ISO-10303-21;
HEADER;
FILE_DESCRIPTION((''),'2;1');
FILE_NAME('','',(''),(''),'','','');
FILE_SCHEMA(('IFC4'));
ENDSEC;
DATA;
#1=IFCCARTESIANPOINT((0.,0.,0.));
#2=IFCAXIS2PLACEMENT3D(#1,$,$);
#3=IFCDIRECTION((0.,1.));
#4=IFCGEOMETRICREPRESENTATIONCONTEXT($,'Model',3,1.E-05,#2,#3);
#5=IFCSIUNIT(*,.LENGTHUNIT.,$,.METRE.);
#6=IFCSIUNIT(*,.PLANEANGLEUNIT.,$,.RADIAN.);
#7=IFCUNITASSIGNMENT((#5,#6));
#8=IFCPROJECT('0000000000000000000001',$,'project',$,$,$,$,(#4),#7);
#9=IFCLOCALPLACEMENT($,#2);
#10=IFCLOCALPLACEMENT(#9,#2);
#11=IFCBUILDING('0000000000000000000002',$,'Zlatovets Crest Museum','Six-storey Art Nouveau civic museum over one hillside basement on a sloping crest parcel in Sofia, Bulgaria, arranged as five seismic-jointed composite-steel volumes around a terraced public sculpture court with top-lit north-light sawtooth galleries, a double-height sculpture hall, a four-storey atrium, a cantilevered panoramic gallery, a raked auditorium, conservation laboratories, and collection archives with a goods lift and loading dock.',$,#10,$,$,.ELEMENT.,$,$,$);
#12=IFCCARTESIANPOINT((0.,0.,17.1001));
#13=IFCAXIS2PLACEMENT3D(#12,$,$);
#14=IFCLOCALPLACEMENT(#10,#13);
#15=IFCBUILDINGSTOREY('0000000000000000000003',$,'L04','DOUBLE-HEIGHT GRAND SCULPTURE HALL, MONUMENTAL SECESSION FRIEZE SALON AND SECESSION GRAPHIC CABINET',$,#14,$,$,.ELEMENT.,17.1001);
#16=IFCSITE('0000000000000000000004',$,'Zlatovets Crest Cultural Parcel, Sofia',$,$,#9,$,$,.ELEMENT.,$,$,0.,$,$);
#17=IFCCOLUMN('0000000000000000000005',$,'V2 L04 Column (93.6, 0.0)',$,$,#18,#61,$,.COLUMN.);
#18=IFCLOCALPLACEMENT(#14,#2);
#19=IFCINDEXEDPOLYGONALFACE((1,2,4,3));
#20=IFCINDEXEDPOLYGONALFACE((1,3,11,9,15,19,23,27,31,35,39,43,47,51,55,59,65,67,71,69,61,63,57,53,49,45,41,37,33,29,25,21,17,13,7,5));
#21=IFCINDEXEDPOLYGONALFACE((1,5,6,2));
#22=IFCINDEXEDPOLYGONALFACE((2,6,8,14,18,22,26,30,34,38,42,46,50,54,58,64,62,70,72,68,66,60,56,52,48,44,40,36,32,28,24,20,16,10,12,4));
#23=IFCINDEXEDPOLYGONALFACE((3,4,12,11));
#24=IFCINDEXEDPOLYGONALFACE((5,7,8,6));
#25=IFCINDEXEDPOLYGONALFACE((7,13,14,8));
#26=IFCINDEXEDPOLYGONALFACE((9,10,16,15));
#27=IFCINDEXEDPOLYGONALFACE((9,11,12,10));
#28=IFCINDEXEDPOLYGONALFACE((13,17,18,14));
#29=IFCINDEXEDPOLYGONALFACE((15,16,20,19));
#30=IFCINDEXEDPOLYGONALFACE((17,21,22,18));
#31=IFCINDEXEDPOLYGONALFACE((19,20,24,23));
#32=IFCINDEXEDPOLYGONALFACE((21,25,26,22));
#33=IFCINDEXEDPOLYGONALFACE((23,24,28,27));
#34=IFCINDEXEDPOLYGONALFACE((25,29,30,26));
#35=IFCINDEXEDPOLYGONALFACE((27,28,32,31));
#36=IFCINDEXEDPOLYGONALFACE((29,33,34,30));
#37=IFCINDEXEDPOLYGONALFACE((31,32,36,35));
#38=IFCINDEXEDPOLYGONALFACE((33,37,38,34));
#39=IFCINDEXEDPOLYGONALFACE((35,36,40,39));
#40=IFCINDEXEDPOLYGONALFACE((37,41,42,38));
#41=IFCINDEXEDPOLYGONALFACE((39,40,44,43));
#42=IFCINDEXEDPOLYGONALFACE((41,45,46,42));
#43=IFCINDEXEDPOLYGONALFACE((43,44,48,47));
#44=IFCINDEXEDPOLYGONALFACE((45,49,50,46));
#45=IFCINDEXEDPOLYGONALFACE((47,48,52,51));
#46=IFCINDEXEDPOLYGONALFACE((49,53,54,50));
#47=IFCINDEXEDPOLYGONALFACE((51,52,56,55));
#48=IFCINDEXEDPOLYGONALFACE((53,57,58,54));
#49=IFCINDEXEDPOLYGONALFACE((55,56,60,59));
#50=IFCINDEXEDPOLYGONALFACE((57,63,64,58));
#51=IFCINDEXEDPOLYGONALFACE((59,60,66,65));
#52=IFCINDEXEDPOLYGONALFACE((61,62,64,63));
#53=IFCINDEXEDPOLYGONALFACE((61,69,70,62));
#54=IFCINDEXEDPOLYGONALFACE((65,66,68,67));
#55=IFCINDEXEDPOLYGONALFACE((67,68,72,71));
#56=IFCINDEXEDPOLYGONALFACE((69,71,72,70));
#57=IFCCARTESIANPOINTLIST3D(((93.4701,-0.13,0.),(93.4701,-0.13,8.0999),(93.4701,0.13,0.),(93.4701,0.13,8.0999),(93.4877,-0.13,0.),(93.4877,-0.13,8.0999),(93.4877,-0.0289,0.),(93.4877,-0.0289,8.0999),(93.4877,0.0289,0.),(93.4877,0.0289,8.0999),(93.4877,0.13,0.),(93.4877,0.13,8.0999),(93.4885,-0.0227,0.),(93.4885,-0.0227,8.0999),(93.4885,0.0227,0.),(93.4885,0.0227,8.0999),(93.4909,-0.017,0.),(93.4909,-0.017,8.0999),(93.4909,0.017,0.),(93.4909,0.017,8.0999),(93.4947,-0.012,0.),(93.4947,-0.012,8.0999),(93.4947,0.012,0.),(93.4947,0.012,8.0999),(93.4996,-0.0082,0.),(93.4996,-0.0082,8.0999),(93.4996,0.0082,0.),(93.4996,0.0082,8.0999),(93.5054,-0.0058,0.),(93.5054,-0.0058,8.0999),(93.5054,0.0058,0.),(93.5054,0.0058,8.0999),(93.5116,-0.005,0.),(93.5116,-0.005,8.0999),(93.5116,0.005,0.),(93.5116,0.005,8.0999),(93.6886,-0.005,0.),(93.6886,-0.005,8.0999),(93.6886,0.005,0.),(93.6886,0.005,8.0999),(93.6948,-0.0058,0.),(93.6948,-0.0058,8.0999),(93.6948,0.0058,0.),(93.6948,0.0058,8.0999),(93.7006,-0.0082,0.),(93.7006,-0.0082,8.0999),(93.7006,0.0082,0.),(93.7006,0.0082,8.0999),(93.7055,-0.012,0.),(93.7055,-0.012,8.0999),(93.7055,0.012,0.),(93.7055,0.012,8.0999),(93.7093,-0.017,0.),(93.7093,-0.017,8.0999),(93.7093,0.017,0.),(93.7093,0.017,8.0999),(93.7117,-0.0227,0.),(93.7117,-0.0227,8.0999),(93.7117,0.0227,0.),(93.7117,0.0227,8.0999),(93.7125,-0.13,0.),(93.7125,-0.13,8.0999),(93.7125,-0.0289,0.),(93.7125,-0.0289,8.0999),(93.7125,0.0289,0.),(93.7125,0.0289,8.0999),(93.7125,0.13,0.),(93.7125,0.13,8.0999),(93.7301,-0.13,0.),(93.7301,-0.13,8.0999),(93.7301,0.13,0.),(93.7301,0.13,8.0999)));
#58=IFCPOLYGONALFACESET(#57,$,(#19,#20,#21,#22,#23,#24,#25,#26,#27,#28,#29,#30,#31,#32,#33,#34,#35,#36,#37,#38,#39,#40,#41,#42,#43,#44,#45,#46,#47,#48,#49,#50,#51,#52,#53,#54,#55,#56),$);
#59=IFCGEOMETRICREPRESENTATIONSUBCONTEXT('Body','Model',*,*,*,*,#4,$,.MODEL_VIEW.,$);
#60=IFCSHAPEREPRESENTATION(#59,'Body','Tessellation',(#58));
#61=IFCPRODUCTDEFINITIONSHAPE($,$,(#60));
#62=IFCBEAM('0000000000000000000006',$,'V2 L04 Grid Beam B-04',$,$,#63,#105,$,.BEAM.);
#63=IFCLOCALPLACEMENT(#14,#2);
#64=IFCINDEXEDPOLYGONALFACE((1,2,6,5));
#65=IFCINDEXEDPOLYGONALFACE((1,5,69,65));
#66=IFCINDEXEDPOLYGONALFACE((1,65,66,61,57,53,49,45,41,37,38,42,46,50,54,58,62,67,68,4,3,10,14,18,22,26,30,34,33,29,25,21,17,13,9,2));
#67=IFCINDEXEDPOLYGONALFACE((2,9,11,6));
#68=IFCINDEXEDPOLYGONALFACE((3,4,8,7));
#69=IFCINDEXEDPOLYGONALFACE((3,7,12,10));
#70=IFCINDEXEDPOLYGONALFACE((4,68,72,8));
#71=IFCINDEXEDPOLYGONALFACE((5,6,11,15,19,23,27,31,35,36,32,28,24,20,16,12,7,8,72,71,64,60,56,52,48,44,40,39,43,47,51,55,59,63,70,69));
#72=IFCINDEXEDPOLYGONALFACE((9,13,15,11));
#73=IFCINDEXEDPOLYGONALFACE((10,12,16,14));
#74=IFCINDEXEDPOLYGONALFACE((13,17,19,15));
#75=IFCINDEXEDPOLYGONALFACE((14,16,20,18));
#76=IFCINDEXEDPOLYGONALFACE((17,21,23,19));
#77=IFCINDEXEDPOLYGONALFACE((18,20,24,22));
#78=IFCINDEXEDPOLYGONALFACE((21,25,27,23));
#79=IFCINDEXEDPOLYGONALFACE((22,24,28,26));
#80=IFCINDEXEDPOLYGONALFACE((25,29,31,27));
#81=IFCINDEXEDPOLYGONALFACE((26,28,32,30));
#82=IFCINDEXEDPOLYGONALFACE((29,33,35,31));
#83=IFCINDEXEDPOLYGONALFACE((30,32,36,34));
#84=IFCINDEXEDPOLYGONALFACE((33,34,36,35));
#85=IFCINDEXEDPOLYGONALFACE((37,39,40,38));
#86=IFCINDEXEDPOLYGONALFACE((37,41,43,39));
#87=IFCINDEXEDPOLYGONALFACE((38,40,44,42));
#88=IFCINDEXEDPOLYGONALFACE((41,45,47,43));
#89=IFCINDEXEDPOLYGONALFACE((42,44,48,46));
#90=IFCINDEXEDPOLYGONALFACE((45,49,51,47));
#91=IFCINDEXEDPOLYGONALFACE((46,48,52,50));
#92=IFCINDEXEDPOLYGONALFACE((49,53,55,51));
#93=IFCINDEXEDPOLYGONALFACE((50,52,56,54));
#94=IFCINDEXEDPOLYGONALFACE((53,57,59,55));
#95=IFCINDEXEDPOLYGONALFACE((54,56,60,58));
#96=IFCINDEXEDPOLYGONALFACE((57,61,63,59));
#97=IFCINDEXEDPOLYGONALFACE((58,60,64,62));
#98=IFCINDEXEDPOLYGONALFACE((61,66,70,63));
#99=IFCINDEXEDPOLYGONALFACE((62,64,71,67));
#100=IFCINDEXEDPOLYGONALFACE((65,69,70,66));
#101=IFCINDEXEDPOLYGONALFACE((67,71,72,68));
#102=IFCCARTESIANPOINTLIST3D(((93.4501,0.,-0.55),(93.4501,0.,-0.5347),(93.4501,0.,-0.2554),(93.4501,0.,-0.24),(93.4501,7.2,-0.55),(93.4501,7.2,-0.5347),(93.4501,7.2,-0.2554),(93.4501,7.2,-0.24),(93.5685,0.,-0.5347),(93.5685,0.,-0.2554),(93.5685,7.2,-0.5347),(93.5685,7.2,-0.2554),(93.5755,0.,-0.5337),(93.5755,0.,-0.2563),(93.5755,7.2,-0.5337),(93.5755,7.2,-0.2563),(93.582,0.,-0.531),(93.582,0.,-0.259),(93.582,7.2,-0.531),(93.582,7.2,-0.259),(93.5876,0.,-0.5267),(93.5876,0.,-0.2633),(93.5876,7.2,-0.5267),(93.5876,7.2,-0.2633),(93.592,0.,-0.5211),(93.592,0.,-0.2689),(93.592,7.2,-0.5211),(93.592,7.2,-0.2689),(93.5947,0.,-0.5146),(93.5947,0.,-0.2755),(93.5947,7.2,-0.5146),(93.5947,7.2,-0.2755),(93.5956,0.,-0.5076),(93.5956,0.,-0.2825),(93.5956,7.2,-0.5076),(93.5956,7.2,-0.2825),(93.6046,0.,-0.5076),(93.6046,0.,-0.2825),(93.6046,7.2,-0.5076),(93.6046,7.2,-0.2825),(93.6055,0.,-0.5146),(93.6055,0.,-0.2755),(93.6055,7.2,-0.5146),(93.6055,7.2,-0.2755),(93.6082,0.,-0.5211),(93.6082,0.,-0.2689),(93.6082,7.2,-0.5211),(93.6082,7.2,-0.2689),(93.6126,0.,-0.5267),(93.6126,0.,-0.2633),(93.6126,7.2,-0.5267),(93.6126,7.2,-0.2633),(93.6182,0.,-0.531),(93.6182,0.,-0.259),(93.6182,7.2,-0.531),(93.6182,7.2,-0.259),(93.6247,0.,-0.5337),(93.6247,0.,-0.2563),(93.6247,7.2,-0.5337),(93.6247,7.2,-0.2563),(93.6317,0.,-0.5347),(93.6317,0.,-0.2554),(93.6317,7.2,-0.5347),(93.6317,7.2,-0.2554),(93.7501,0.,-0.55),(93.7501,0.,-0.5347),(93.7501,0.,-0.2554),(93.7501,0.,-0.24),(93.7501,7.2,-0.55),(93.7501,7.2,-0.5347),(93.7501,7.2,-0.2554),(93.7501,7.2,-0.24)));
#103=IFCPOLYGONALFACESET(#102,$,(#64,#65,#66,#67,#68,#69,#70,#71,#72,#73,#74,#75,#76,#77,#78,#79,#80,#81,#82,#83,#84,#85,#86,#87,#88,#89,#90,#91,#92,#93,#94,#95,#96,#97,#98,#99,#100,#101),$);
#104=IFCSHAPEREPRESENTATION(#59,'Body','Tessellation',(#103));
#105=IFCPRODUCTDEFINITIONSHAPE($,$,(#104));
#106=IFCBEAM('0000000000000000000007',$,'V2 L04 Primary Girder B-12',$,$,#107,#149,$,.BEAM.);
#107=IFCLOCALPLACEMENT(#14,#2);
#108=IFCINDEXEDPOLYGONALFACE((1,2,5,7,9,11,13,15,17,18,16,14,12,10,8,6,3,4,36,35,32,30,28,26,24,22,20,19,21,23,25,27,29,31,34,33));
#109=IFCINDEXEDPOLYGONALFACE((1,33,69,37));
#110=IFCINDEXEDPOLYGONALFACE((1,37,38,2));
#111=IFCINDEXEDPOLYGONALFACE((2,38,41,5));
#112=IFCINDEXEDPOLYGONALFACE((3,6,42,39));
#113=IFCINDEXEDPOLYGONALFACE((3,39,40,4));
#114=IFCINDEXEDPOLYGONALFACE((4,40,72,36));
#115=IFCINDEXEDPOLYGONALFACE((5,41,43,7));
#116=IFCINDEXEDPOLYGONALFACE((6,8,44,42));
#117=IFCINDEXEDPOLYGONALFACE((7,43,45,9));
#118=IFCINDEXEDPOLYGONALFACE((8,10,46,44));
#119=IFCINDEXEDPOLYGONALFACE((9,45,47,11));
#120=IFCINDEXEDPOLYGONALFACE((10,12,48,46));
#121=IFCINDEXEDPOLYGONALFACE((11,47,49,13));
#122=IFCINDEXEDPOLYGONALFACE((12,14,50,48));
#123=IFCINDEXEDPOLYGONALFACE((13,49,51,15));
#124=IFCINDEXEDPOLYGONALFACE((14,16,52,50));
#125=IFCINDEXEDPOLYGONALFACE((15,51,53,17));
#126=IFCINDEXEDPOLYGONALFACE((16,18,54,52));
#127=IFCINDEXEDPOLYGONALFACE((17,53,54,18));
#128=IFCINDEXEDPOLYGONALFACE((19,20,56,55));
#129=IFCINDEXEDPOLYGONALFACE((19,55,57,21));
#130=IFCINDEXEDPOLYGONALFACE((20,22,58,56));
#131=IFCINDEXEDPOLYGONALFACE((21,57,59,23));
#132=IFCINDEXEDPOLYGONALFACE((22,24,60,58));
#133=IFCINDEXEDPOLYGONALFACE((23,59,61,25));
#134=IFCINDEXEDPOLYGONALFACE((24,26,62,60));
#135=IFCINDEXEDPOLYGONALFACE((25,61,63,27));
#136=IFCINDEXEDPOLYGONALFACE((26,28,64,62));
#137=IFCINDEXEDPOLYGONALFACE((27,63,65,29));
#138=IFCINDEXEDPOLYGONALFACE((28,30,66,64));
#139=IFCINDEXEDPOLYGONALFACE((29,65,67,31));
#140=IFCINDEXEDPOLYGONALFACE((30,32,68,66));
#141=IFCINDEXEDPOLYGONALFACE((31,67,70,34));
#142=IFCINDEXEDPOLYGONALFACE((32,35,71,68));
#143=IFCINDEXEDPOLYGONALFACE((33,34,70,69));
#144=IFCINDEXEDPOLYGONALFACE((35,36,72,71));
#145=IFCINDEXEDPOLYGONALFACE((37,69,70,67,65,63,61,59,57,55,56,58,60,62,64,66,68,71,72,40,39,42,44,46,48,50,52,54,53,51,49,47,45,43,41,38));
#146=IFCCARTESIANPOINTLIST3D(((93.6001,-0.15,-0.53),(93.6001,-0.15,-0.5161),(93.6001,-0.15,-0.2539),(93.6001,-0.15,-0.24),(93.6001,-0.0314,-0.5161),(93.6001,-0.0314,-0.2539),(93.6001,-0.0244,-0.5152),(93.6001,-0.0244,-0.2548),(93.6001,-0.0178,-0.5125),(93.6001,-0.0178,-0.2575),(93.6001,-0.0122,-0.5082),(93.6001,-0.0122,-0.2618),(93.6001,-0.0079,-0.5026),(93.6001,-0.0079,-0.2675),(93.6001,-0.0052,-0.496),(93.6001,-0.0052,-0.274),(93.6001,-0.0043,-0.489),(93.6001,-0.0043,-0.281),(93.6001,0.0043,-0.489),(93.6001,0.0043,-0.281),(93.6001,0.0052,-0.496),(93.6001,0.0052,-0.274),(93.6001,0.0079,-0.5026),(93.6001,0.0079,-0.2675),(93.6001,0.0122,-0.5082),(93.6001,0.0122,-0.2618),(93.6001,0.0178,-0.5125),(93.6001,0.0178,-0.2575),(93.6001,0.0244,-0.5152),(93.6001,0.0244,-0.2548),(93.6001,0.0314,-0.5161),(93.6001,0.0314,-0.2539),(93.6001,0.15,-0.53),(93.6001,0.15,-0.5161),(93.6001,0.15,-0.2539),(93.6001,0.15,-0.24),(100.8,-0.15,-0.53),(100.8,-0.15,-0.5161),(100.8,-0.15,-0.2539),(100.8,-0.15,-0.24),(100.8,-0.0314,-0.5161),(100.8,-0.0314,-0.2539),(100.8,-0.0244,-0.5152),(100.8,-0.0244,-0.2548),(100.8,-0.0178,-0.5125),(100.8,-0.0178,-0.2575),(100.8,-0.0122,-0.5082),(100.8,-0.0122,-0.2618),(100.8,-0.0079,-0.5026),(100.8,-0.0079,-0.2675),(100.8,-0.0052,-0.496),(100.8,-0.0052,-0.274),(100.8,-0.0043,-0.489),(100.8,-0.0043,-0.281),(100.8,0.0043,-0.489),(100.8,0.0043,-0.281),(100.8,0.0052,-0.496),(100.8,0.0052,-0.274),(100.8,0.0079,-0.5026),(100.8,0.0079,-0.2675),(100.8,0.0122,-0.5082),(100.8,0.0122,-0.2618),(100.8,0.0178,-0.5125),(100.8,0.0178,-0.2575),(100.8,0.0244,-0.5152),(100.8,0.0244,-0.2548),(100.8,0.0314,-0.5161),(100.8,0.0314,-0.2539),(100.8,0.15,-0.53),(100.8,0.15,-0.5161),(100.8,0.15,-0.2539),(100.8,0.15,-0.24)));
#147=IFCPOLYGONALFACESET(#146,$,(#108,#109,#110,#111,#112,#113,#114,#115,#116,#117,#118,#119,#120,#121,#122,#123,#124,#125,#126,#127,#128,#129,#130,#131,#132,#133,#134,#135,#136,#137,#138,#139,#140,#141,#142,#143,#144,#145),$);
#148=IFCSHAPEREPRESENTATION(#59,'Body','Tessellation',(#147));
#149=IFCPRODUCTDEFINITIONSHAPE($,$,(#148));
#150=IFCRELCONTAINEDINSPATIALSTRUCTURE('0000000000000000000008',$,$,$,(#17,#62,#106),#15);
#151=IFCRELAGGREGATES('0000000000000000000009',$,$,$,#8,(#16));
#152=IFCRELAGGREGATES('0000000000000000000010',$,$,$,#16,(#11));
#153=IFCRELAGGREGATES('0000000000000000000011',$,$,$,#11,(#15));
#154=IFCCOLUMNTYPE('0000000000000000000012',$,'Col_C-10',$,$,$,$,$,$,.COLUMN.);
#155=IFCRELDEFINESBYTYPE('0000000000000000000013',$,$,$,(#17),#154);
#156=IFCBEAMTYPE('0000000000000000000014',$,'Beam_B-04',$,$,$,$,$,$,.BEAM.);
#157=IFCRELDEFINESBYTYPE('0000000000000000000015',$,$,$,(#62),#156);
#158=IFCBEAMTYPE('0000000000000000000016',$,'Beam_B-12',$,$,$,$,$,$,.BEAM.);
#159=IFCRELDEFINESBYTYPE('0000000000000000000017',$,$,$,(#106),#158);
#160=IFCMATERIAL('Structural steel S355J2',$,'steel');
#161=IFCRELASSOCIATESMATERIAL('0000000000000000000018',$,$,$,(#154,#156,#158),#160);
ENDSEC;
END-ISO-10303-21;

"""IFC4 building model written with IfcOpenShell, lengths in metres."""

from ifc_helpers import new_model, si_unit, direction, frame, origin, origin_2d, place, context, subcontext, project, spatial, i_section, extrude, material, material_profile, profile_set, type_object, element, save


model = new_model("IFC4")

# Units and contexts
model_context = context("Model", 3, precision=1e-05, world=origin(), true_north=direction((0.0, 1.0)))
body_context = subcontext(model_context, "Body", "Model", "MODEL_VIEW")
ifc_project = project(units=[si_unit("LENGTHUNIT", "METRE"), si_unit("PLANEANGLEUNIT", "RADIAN")], contexts=[model_context])

# Site, building, storey
site_placement = place(None, origin())
site = spatial("IfcSite", under=ifc_project, at=site_placement, Name="Zlatovets Crest Cultural Parcel, Sofia", CompositionType="ELEMENT", RefElevation=0.0)
building_placement = place(site_placement, origin())
building = spatial("IfcBuilding", under=site, at=building_placement, Name="Zlatovets Crest Museum", Description="Six-storey Art Nouveau civic museum over one hillside basement on a sloping crest parcel in Sofia, Bulgaria, arranged as five seismic-jointed composite-steel volumes around a terraced public sculpture court with top-lit north-light sawtooth galleries, a double-height sculpture hall, a four-storey atrium, a cantilevered panoramic gallery, a raked auditorium, conservation laboratories, and collection archives with a goods lift and loading dock.", CompositionType="ELEMENT")
storey_placement = place(building_placement, frame((0.0, 0.0, 17.1001)))
storey = spatial("IfcBuildingStorey", under=building, at=storey_placement, Name="L04", Description="DOUBLE-HEIGHT GRAND SCULPTURE HALL, MONUMENTAL SECESSION FRIEZE SALON AND SECESSION GRAPHIC CABINET", CompositionType="ELEMENT", Elevation=17.1001)

# Column
ifc_material_1 = material(Name="Structural steel S355J2", Category="steel")
ifc_material_profile_1 = material_profile(ifc_material_1, i_section(OverallWidth=0.26, OverallDepth=0.26, WebThickness=0.01, FlangeThickness=0.0176, FilletRadius=0.0239, at=origin_2d()), Name="HEB 260")
ifc_profile_set_1 = profile_set([ifc_material_profile_1], Name="Structural steel S355J2")
column_type = type_object("IfcColumnType", Name="Col_C-10", PredefinedType="COLUMN", material=ifc_profile_set_1)
column_placement = place(storey_placement, frame((93.6001, 0.0, 0.0), z_axis=(0.0, 0.0, 1.0), x_axis=(0.0, 1.0, 0.0)))
element("IfcColumn", 1, at=column_placement, inside=storey, type_object=column_type, Name="V2 L04 Column (93.6, 0.0)", PredefinedType="COLUMN", context=body_context, shape_type="SweptSolid", body=[
    extrude(i_section(OverallWidth=0.26, OverallDepth=0.26, WebThickness=0.01, FlangeThickness=0.0176, FilletRadius=0.0239, at=origin_2d()), origin(), (0.0, 0.0, 1.0), 8.0999),
])

# Beams
ifc_material_profile_2 = material_profile(ifc_material_1, i_section(OverallWidth=0.3, OverallDepth=0.3101, WebThickness=0.009, FlangeThickness=0.0154, FilletRadius=0.0271, at=origin_2d()), Name="HEA 320")
ifc_profile_set_2 = profile_set([ifc_material_profile_2], Name="Structural steel S355J2")
beam_type_1 = type_object("IfcBeamType", Name="Beam_B-04", PredefinedType="BEAM", material=ifc_profile_set_2)
beam_1_placement = place(storey_placement, frame((93.6001, 0.0, -0.395), z_axis=(0.0, 1.0, 0.0), x_axis=(-1.0, 0.0, 0.0)))
element("IfcBeam", 2, at=beam_1_placement, inside=storey, type_object=beam_type_1, Name="V2 L04 Grid Beam B-04", PredefinedType="BEAM", context=body_context, shape_type="SweptSolid", body=[
    extrude(i_section(OverallWidth=0.3, OverallDepth=0.3101, WebThickness=0.009, FlangeThickness=0.0154, FilletRadius=0.0271, at=origin_2d()), origin(), (0.0, 0.0, 1.0), 7.2),
])
ifc_material_profile_3 = material_profile(ifc_material_1, i_section(OverallWidth=0.3, OverallDepth=0.29, WebThickness=0.0085, FlangeThickness=0.0139, FilletRadius=0.0271, at=origin_2d()), Name="HEA 300")
ifc_profile_set_3 = profile_set([ifc_material_profile_3], Name="Structural steel S355J2")
beam_type_2 = type_object("IfcBeamType", Name="Beam_B-12", PredefinedType="BEAM", material=ifc_profile_set_3)
beam_2_placement = place(storey_placement, frame((93.6001, 0.0, -0.385), z_axis=(1.0, 0.0, 0.0), x_axis=(0.0, 1.0, 0.0)))
element("IfcBeam", 3, at=beam_2_placement, inside=storey, type_object=beam_type_2, Name="V2 L04 Primary Girder B-12", PredefinedType="BEAM", context=body_context, shape_type="SweptSolid", body=[
    extrude(i_section(OverallWidth=0.3, OverallDepth=0.29, WebThickness=0.0085, FlangeThickness=0.0139, FilletRadius=0.0271, at=origin_2d()), origin(), (0.0, 0.0, 1.0), 7.2),
])

save(model, "model.ifc")
